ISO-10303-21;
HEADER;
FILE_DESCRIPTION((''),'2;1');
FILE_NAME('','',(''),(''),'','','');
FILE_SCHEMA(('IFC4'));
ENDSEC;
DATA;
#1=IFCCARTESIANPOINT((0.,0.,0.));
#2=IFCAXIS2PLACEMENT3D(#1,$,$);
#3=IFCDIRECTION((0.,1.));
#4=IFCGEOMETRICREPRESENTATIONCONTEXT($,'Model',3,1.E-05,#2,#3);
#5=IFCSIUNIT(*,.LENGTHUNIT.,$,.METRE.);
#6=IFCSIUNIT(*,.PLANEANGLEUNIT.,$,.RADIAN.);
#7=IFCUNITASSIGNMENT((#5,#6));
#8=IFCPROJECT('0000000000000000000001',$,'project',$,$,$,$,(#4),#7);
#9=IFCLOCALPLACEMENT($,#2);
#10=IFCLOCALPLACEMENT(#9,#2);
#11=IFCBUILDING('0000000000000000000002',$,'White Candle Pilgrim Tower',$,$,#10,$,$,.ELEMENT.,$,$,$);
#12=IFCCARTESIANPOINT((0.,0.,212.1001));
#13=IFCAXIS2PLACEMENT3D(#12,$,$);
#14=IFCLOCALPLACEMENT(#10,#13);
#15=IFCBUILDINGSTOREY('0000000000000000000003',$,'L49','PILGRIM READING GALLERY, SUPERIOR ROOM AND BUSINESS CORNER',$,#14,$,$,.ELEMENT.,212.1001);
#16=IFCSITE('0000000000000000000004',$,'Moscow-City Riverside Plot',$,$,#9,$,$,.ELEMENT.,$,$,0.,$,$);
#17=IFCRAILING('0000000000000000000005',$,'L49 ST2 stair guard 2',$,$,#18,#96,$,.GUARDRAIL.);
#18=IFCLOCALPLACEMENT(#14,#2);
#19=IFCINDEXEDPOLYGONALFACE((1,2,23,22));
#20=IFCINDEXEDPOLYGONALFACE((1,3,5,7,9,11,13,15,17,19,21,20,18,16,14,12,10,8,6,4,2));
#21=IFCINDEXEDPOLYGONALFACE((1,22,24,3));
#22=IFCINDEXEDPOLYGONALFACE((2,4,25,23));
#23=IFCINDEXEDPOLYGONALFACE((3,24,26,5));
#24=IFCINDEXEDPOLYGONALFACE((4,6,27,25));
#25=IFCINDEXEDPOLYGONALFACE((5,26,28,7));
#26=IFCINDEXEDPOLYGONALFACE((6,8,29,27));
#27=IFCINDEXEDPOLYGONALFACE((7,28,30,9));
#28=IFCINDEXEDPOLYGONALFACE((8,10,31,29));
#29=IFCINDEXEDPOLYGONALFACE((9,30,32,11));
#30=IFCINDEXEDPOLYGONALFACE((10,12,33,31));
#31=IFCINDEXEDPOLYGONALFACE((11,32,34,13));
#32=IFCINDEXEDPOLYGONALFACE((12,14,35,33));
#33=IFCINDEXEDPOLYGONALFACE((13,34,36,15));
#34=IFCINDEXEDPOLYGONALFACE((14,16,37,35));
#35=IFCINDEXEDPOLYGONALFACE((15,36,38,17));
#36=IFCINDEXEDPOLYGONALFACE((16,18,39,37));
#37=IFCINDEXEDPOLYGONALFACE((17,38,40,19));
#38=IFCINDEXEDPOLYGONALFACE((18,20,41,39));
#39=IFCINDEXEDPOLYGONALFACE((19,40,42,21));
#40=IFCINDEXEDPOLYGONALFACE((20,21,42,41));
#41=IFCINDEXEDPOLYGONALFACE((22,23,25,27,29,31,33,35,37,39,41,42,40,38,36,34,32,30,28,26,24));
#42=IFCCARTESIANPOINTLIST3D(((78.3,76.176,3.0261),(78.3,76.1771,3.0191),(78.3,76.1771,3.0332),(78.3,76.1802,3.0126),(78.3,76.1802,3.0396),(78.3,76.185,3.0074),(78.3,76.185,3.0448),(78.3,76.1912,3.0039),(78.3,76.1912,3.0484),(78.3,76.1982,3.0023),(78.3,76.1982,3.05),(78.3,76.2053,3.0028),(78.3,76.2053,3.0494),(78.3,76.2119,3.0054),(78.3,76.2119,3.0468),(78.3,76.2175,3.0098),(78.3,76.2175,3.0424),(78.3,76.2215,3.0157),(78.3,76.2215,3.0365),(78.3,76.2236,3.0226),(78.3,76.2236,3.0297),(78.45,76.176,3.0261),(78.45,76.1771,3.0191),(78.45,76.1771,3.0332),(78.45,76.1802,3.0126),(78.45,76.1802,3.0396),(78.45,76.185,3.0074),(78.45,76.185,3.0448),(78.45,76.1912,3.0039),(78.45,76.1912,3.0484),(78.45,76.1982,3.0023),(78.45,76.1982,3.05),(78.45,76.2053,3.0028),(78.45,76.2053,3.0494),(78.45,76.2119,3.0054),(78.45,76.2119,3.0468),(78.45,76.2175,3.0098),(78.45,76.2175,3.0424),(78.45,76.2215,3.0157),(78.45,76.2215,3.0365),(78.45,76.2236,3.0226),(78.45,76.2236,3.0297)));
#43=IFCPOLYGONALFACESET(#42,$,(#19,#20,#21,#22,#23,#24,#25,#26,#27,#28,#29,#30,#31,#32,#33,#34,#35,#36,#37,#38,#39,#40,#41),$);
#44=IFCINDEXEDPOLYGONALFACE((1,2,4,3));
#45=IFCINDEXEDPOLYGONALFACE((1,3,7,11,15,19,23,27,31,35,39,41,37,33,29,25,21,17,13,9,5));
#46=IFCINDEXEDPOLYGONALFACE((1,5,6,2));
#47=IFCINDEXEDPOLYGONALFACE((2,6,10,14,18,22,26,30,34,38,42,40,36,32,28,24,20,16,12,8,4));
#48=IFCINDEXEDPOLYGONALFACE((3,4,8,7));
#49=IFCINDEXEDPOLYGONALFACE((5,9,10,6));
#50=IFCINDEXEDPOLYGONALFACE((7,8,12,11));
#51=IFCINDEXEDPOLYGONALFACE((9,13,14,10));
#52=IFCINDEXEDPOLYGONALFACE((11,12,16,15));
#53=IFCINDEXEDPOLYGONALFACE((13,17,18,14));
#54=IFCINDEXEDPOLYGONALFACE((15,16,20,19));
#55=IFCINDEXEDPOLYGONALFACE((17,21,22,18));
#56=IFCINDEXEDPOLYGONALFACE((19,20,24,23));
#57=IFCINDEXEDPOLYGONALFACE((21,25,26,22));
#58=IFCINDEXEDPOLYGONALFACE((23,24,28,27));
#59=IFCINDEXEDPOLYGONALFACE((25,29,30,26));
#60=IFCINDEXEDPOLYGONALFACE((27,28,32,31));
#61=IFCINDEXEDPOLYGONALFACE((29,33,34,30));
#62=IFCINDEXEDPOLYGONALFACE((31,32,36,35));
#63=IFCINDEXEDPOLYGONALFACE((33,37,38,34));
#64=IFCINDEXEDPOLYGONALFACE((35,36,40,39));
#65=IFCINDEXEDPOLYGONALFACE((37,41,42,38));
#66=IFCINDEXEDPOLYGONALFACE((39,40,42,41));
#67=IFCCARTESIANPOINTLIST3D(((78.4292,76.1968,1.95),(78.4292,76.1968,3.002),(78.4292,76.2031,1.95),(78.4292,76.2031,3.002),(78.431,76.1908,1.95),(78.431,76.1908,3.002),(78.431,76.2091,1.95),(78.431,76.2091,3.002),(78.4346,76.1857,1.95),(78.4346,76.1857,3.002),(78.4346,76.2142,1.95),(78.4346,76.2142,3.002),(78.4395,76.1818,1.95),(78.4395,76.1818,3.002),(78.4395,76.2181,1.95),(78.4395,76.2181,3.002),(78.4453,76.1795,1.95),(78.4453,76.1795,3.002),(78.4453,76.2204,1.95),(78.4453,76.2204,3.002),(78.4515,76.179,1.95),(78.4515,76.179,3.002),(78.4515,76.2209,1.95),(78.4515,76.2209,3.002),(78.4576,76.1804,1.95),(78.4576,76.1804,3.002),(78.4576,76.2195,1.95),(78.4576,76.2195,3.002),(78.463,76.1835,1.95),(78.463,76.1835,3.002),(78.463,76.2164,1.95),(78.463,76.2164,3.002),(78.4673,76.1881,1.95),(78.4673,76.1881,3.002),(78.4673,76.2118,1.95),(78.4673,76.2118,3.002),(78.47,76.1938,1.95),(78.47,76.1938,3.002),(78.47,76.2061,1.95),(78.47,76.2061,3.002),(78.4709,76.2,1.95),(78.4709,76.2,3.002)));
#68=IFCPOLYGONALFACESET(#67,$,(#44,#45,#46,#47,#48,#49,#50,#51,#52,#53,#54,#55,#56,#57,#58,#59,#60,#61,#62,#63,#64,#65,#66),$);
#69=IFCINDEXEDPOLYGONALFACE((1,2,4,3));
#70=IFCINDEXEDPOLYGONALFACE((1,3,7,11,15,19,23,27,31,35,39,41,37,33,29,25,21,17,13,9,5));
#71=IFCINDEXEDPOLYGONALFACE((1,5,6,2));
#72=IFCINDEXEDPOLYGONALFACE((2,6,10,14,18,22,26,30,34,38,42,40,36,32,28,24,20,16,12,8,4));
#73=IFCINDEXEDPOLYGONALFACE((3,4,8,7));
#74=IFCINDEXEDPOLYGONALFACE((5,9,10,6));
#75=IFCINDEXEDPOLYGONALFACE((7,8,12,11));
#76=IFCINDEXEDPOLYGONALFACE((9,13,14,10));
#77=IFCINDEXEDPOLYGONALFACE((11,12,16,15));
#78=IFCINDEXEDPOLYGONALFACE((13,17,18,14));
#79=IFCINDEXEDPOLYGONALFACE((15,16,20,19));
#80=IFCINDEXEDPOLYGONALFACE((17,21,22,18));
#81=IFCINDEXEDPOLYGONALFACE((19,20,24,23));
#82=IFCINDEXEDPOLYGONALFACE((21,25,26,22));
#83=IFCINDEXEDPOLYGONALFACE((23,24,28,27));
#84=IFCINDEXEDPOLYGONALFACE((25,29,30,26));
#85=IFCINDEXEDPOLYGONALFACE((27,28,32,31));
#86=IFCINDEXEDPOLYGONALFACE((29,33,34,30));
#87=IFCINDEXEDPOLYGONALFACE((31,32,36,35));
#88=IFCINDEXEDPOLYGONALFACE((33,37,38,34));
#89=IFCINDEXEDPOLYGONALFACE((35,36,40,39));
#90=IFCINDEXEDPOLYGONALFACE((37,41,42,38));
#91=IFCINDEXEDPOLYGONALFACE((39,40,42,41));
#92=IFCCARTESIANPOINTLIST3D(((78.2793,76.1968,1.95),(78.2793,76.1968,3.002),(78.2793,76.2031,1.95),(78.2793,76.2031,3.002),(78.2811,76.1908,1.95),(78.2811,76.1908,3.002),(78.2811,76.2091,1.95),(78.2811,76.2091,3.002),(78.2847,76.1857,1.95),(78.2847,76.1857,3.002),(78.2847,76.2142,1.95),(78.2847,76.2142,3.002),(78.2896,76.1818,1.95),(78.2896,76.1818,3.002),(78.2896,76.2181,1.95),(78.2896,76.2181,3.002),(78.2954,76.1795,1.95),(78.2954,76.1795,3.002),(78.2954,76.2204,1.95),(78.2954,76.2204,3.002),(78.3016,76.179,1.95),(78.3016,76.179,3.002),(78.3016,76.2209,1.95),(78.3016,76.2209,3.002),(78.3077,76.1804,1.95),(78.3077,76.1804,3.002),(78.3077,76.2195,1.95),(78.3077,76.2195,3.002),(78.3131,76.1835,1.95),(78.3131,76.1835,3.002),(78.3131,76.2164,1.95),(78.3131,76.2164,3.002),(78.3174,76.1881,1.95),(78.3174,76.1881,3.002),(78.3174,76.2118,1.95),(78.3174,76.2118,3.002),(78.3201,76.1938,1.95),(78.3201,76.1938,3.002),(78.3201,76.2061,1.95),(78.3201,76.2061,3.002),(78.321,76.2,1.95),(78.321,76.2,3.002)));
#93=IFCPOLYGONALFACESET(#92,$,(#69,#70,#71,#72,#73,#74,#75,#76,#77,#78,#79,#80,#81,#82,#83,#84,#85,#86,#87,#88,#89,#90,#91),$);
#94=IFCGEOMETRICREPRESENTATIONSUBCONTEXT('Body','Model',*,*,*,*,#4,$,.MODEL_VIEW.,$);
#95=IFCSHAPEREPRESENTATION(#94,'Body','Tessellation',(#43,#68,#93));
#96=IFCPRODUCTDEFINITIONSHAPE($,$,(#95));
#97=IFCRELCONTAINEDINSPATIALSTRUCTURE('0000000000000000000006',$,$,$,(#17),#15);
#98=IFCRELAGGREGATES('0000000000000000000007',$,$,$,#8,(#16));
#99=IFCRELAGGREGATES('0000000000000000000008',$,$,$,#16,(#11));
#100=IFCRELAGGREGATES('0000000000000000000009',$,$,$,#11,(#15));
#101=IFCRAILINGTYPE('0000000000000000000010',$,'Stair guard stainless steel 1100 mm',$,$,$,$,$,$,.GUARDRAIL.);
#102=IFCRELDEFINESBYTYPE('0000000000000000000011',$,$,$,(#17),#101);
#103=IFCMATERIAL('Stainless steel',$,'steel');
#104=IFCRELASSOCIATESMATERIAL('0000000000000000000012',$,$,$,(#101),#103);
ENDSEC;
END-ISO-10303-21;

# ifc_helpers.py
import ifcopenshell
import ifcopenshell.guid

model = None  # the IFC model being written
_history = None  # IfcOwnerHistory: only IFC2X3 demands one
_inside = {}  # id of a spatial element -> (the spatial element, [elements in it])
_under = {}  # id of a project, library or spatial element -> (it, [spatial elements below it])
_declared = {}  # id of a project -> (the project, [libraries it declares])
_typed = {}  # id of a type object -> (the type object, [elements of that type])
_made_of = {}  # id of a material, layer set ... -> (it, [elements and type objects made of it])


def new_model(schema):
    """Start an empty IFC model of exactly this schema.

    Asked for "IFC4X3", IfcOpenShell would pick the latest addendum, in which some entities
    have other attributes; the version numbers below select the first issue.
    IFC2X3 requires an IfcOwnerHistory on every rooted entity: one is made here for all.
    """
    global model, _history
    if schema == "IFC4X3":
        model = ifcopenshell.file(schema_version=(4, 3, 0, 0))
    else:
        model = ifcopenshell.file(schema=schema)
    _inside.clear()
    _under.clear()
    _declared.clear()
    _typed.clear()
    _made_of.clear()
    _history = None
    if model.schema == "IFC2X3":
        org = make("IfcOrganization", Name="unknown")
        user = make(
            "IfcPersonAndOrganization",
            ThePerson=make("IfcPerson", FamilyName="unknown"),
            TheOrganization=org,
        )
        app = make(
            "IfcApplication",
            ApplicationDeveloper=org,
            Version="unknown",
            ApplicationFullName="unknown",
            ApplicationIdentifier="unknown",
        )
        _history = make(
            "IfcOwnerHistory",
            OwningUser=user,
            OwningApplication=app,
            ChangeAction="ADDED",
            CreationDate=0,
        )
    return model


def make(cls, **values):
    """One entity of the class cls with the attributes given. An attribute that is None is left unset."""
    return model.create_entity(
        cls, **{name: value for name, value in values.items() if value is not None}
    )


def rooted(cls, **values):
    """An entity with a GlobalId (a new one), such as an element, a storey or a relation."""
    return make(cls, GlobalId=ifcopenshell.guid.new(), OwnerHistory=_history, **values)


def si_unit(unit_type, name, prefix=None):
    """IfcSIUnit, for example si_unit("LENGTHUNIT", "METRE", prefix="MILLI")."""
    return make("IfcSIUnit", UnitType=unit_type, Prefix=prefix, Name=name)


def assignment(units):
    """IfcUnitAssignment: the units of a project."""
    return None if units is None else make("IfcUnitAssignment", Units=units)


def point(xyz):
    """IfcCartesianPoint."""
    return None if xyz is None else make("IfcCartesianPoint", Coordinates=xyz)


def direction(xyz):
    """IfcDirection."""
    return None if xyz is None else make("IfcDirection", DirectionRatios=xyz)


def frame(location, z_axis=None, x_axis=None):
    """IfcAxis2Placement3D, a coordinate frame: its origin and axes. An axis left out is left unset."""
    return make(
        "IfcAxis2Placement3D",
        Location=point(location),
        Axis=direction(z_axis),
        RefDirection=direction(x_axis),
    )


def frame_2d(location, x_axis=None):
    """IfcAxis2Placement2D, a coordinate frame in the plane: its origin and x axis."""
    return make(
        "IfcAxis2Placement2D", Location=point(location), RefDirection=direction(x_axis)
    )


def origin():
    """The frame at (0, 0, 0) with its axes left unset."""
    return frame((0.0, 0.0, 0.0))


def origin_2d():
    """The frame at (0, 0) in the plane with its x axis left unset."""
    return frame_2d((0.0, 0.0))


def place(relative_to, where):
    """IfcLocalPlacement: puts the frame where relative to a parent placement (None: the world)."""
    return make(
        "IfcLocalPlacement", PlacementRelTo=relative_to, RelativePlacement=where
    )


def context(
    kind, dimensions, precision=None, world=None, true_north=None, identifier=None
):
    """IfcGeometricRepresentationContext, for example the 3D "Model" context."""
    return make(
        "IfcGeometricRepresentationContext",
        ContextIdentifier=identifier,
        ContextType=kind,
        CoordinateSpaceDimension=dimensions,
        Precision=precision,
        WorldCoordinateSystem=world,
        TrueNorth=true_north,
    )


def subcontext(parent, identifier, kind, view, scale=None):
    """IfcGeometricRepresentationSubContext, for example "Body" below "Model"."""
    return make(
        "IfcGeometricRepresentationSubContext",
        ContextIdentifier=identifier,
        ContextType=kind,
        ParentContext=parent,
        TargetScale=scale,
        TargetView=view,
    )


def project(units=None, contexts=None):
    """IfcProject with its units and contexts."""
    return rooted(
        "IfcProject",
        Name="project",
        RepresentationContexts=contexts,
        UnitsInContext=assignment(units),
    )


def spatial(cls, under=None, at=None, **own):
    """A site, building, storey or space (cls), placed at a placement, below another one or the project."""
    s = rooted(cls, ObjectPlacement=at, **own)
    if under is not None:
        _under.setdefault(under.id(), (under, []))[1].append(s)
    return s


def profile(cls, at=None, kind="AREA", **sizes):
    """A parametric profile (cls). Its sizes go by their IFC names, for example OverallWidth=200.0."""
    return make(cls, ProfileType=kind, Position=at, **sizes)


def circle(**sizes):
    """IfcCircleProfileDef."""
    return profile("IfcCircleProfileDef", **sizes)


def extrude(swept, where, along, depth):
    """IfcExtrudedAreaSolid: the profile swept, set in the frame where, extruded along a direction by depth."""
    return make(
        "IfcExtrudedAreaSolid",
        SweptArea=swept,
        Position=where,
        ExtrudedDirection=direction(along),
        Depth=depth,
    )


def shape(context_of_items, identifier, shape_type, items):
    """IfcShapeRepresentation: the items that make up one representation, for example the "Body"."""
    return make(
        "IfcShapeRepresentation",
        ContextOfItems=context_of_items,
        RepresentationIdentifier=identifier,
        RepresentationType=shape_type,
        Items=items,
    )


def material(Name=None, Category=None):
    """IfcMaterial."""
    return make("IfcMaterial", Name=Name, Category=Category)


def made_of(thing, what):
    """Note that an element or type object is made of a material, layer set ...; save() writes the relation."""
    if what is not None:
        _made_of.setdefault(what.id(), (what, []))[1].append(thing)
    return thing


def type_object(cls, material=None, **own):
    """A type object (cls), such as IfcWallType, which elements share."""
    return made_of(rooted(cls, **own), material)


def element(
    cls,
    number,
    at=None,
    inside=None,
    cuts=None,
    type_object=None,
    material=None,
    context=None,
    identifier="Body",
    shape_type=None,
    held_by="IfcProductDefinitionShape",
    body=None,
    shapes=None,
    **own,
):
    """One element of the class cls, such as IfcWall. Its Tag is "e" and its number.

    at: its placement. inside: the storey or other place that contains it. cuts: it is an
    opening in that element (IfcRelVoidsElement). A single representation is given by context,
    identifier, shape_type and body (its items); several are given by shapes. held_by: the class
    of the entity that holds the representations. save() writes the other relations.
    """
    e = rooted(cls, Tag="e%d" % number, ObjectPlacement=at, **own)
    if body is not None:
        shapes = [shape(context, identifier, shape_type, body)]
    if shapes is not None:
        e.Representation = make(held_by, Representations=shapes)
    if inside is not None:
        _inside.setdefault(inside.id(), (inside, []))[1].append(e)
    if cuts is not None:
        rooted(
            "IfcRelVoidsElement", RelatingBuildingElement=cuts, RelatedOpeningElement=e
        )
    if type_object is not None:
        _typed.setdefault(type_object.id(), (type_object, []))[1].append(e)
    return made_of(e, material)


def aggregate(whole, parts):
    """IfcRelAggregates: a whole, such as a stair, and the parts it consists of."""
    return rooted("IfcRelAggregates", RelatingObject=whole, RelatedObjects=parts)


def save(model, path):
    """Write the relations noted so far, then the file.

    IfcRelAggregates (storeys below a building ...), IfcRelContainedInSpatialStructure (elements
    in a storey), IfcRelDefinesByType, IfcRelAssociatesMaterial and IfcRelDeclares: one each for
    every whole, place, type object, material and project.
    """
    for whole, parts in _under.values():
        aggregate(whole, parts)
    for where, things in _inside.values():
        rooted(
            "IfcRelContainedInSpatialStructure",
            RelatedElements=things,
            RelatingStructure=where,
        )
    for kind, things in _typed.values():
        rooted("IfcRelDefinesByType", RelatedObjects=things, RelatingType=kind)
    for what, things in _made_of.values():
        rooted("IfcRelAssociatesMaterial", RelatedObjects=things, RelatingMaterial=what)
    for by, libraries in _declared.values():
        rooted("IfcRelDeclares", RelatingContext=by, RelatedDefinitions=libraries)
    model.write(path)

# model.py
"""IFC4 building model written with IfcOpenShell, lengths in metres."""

from ifc_helpers import new_model, si_unit, direction, frame, origin, origin_2d, place, context, subcontext, project, spatial, circle, extrude, material, type_object, element, save


model = new_model("IFC4")

# Units and contexts
model_context = context("Model", 3, precision=1e-05, world=origin(), true_north=direction((0.0, 1.0)))
body_context = subcontext(model_context, "Body", "Model", "MODEL_VIEW")
ifc_project = project(units=[si_unit("LENGTHUNIT", "METRE"), si_unit("PLANEANGLEUNIT", "RADIAN")], contexts=[model_context])

# Site, building, storey
site_placement = place(None, origin())
site = spatial("IfcSite", under=ifc_project, at=site_placement, Name="Moscow-City Riverside Plot", CompositionType="ELEMENT", RefElevation=0.0)
building_placement = place(site_placement, origin())
building = spatial("IfcBuilding", under=site, at=building_placement, Name="White Candle Pilgrim Tower", CompositionType="ELEMENT")
storey_placement = place(building_placement, frame((0.0, 0.0, 212.1001)))
storey = spatial("IfcBuildingStorey", under=building, at=storey_placement, Name="L49", Description="PILGRIM READING GALLERY, SUPERIOR ROOM AND BUSINESS CORNER", CompositionType="ELEMENT", Elevation=212.1001)

# Railing
ifc_material_1 = material(Name="Stainless steel", Category="steel")
railing_type_1 = type_object("IfcRailingType", Name="Stair guard stainless steel 1100 mm", PredefinedType="GUARDRAIL", material=ifc_material_1)
railing_1_placement = place(storey_placement, frame((78.45, 76.2, 1.95)))
element("IfcRailing", 1, at=railing_1_placement, inside=storey, type_object=railing_type_1, Name="L49 ST2 stair guard 2", PredefinedType="GUARDRAIL", context=body_context, shape_type="SweptSolid", body=[
    extrude(circle(Radius=0.0239, at=origin_2d()), frame((0.0, 0.0, 1.0762), z_axis=(-1.0, 0.0, 0.0), x_axis=(0.0, -1.0, 0.0)), (0.0, 0.0, 1.0), 0.1499),
    extrude(circle(Radius=0.021, at=origin_2d()), origin(), (0.0, 0.0, 1.0), 1.052),
    extrude(circle(Radius=0.021, at=origin_2d()), frame((-0.1499, 0.0, 0.0)), (0.0, 0.0, 1.0), 1.052),
])

save(model, "model.ifc")
